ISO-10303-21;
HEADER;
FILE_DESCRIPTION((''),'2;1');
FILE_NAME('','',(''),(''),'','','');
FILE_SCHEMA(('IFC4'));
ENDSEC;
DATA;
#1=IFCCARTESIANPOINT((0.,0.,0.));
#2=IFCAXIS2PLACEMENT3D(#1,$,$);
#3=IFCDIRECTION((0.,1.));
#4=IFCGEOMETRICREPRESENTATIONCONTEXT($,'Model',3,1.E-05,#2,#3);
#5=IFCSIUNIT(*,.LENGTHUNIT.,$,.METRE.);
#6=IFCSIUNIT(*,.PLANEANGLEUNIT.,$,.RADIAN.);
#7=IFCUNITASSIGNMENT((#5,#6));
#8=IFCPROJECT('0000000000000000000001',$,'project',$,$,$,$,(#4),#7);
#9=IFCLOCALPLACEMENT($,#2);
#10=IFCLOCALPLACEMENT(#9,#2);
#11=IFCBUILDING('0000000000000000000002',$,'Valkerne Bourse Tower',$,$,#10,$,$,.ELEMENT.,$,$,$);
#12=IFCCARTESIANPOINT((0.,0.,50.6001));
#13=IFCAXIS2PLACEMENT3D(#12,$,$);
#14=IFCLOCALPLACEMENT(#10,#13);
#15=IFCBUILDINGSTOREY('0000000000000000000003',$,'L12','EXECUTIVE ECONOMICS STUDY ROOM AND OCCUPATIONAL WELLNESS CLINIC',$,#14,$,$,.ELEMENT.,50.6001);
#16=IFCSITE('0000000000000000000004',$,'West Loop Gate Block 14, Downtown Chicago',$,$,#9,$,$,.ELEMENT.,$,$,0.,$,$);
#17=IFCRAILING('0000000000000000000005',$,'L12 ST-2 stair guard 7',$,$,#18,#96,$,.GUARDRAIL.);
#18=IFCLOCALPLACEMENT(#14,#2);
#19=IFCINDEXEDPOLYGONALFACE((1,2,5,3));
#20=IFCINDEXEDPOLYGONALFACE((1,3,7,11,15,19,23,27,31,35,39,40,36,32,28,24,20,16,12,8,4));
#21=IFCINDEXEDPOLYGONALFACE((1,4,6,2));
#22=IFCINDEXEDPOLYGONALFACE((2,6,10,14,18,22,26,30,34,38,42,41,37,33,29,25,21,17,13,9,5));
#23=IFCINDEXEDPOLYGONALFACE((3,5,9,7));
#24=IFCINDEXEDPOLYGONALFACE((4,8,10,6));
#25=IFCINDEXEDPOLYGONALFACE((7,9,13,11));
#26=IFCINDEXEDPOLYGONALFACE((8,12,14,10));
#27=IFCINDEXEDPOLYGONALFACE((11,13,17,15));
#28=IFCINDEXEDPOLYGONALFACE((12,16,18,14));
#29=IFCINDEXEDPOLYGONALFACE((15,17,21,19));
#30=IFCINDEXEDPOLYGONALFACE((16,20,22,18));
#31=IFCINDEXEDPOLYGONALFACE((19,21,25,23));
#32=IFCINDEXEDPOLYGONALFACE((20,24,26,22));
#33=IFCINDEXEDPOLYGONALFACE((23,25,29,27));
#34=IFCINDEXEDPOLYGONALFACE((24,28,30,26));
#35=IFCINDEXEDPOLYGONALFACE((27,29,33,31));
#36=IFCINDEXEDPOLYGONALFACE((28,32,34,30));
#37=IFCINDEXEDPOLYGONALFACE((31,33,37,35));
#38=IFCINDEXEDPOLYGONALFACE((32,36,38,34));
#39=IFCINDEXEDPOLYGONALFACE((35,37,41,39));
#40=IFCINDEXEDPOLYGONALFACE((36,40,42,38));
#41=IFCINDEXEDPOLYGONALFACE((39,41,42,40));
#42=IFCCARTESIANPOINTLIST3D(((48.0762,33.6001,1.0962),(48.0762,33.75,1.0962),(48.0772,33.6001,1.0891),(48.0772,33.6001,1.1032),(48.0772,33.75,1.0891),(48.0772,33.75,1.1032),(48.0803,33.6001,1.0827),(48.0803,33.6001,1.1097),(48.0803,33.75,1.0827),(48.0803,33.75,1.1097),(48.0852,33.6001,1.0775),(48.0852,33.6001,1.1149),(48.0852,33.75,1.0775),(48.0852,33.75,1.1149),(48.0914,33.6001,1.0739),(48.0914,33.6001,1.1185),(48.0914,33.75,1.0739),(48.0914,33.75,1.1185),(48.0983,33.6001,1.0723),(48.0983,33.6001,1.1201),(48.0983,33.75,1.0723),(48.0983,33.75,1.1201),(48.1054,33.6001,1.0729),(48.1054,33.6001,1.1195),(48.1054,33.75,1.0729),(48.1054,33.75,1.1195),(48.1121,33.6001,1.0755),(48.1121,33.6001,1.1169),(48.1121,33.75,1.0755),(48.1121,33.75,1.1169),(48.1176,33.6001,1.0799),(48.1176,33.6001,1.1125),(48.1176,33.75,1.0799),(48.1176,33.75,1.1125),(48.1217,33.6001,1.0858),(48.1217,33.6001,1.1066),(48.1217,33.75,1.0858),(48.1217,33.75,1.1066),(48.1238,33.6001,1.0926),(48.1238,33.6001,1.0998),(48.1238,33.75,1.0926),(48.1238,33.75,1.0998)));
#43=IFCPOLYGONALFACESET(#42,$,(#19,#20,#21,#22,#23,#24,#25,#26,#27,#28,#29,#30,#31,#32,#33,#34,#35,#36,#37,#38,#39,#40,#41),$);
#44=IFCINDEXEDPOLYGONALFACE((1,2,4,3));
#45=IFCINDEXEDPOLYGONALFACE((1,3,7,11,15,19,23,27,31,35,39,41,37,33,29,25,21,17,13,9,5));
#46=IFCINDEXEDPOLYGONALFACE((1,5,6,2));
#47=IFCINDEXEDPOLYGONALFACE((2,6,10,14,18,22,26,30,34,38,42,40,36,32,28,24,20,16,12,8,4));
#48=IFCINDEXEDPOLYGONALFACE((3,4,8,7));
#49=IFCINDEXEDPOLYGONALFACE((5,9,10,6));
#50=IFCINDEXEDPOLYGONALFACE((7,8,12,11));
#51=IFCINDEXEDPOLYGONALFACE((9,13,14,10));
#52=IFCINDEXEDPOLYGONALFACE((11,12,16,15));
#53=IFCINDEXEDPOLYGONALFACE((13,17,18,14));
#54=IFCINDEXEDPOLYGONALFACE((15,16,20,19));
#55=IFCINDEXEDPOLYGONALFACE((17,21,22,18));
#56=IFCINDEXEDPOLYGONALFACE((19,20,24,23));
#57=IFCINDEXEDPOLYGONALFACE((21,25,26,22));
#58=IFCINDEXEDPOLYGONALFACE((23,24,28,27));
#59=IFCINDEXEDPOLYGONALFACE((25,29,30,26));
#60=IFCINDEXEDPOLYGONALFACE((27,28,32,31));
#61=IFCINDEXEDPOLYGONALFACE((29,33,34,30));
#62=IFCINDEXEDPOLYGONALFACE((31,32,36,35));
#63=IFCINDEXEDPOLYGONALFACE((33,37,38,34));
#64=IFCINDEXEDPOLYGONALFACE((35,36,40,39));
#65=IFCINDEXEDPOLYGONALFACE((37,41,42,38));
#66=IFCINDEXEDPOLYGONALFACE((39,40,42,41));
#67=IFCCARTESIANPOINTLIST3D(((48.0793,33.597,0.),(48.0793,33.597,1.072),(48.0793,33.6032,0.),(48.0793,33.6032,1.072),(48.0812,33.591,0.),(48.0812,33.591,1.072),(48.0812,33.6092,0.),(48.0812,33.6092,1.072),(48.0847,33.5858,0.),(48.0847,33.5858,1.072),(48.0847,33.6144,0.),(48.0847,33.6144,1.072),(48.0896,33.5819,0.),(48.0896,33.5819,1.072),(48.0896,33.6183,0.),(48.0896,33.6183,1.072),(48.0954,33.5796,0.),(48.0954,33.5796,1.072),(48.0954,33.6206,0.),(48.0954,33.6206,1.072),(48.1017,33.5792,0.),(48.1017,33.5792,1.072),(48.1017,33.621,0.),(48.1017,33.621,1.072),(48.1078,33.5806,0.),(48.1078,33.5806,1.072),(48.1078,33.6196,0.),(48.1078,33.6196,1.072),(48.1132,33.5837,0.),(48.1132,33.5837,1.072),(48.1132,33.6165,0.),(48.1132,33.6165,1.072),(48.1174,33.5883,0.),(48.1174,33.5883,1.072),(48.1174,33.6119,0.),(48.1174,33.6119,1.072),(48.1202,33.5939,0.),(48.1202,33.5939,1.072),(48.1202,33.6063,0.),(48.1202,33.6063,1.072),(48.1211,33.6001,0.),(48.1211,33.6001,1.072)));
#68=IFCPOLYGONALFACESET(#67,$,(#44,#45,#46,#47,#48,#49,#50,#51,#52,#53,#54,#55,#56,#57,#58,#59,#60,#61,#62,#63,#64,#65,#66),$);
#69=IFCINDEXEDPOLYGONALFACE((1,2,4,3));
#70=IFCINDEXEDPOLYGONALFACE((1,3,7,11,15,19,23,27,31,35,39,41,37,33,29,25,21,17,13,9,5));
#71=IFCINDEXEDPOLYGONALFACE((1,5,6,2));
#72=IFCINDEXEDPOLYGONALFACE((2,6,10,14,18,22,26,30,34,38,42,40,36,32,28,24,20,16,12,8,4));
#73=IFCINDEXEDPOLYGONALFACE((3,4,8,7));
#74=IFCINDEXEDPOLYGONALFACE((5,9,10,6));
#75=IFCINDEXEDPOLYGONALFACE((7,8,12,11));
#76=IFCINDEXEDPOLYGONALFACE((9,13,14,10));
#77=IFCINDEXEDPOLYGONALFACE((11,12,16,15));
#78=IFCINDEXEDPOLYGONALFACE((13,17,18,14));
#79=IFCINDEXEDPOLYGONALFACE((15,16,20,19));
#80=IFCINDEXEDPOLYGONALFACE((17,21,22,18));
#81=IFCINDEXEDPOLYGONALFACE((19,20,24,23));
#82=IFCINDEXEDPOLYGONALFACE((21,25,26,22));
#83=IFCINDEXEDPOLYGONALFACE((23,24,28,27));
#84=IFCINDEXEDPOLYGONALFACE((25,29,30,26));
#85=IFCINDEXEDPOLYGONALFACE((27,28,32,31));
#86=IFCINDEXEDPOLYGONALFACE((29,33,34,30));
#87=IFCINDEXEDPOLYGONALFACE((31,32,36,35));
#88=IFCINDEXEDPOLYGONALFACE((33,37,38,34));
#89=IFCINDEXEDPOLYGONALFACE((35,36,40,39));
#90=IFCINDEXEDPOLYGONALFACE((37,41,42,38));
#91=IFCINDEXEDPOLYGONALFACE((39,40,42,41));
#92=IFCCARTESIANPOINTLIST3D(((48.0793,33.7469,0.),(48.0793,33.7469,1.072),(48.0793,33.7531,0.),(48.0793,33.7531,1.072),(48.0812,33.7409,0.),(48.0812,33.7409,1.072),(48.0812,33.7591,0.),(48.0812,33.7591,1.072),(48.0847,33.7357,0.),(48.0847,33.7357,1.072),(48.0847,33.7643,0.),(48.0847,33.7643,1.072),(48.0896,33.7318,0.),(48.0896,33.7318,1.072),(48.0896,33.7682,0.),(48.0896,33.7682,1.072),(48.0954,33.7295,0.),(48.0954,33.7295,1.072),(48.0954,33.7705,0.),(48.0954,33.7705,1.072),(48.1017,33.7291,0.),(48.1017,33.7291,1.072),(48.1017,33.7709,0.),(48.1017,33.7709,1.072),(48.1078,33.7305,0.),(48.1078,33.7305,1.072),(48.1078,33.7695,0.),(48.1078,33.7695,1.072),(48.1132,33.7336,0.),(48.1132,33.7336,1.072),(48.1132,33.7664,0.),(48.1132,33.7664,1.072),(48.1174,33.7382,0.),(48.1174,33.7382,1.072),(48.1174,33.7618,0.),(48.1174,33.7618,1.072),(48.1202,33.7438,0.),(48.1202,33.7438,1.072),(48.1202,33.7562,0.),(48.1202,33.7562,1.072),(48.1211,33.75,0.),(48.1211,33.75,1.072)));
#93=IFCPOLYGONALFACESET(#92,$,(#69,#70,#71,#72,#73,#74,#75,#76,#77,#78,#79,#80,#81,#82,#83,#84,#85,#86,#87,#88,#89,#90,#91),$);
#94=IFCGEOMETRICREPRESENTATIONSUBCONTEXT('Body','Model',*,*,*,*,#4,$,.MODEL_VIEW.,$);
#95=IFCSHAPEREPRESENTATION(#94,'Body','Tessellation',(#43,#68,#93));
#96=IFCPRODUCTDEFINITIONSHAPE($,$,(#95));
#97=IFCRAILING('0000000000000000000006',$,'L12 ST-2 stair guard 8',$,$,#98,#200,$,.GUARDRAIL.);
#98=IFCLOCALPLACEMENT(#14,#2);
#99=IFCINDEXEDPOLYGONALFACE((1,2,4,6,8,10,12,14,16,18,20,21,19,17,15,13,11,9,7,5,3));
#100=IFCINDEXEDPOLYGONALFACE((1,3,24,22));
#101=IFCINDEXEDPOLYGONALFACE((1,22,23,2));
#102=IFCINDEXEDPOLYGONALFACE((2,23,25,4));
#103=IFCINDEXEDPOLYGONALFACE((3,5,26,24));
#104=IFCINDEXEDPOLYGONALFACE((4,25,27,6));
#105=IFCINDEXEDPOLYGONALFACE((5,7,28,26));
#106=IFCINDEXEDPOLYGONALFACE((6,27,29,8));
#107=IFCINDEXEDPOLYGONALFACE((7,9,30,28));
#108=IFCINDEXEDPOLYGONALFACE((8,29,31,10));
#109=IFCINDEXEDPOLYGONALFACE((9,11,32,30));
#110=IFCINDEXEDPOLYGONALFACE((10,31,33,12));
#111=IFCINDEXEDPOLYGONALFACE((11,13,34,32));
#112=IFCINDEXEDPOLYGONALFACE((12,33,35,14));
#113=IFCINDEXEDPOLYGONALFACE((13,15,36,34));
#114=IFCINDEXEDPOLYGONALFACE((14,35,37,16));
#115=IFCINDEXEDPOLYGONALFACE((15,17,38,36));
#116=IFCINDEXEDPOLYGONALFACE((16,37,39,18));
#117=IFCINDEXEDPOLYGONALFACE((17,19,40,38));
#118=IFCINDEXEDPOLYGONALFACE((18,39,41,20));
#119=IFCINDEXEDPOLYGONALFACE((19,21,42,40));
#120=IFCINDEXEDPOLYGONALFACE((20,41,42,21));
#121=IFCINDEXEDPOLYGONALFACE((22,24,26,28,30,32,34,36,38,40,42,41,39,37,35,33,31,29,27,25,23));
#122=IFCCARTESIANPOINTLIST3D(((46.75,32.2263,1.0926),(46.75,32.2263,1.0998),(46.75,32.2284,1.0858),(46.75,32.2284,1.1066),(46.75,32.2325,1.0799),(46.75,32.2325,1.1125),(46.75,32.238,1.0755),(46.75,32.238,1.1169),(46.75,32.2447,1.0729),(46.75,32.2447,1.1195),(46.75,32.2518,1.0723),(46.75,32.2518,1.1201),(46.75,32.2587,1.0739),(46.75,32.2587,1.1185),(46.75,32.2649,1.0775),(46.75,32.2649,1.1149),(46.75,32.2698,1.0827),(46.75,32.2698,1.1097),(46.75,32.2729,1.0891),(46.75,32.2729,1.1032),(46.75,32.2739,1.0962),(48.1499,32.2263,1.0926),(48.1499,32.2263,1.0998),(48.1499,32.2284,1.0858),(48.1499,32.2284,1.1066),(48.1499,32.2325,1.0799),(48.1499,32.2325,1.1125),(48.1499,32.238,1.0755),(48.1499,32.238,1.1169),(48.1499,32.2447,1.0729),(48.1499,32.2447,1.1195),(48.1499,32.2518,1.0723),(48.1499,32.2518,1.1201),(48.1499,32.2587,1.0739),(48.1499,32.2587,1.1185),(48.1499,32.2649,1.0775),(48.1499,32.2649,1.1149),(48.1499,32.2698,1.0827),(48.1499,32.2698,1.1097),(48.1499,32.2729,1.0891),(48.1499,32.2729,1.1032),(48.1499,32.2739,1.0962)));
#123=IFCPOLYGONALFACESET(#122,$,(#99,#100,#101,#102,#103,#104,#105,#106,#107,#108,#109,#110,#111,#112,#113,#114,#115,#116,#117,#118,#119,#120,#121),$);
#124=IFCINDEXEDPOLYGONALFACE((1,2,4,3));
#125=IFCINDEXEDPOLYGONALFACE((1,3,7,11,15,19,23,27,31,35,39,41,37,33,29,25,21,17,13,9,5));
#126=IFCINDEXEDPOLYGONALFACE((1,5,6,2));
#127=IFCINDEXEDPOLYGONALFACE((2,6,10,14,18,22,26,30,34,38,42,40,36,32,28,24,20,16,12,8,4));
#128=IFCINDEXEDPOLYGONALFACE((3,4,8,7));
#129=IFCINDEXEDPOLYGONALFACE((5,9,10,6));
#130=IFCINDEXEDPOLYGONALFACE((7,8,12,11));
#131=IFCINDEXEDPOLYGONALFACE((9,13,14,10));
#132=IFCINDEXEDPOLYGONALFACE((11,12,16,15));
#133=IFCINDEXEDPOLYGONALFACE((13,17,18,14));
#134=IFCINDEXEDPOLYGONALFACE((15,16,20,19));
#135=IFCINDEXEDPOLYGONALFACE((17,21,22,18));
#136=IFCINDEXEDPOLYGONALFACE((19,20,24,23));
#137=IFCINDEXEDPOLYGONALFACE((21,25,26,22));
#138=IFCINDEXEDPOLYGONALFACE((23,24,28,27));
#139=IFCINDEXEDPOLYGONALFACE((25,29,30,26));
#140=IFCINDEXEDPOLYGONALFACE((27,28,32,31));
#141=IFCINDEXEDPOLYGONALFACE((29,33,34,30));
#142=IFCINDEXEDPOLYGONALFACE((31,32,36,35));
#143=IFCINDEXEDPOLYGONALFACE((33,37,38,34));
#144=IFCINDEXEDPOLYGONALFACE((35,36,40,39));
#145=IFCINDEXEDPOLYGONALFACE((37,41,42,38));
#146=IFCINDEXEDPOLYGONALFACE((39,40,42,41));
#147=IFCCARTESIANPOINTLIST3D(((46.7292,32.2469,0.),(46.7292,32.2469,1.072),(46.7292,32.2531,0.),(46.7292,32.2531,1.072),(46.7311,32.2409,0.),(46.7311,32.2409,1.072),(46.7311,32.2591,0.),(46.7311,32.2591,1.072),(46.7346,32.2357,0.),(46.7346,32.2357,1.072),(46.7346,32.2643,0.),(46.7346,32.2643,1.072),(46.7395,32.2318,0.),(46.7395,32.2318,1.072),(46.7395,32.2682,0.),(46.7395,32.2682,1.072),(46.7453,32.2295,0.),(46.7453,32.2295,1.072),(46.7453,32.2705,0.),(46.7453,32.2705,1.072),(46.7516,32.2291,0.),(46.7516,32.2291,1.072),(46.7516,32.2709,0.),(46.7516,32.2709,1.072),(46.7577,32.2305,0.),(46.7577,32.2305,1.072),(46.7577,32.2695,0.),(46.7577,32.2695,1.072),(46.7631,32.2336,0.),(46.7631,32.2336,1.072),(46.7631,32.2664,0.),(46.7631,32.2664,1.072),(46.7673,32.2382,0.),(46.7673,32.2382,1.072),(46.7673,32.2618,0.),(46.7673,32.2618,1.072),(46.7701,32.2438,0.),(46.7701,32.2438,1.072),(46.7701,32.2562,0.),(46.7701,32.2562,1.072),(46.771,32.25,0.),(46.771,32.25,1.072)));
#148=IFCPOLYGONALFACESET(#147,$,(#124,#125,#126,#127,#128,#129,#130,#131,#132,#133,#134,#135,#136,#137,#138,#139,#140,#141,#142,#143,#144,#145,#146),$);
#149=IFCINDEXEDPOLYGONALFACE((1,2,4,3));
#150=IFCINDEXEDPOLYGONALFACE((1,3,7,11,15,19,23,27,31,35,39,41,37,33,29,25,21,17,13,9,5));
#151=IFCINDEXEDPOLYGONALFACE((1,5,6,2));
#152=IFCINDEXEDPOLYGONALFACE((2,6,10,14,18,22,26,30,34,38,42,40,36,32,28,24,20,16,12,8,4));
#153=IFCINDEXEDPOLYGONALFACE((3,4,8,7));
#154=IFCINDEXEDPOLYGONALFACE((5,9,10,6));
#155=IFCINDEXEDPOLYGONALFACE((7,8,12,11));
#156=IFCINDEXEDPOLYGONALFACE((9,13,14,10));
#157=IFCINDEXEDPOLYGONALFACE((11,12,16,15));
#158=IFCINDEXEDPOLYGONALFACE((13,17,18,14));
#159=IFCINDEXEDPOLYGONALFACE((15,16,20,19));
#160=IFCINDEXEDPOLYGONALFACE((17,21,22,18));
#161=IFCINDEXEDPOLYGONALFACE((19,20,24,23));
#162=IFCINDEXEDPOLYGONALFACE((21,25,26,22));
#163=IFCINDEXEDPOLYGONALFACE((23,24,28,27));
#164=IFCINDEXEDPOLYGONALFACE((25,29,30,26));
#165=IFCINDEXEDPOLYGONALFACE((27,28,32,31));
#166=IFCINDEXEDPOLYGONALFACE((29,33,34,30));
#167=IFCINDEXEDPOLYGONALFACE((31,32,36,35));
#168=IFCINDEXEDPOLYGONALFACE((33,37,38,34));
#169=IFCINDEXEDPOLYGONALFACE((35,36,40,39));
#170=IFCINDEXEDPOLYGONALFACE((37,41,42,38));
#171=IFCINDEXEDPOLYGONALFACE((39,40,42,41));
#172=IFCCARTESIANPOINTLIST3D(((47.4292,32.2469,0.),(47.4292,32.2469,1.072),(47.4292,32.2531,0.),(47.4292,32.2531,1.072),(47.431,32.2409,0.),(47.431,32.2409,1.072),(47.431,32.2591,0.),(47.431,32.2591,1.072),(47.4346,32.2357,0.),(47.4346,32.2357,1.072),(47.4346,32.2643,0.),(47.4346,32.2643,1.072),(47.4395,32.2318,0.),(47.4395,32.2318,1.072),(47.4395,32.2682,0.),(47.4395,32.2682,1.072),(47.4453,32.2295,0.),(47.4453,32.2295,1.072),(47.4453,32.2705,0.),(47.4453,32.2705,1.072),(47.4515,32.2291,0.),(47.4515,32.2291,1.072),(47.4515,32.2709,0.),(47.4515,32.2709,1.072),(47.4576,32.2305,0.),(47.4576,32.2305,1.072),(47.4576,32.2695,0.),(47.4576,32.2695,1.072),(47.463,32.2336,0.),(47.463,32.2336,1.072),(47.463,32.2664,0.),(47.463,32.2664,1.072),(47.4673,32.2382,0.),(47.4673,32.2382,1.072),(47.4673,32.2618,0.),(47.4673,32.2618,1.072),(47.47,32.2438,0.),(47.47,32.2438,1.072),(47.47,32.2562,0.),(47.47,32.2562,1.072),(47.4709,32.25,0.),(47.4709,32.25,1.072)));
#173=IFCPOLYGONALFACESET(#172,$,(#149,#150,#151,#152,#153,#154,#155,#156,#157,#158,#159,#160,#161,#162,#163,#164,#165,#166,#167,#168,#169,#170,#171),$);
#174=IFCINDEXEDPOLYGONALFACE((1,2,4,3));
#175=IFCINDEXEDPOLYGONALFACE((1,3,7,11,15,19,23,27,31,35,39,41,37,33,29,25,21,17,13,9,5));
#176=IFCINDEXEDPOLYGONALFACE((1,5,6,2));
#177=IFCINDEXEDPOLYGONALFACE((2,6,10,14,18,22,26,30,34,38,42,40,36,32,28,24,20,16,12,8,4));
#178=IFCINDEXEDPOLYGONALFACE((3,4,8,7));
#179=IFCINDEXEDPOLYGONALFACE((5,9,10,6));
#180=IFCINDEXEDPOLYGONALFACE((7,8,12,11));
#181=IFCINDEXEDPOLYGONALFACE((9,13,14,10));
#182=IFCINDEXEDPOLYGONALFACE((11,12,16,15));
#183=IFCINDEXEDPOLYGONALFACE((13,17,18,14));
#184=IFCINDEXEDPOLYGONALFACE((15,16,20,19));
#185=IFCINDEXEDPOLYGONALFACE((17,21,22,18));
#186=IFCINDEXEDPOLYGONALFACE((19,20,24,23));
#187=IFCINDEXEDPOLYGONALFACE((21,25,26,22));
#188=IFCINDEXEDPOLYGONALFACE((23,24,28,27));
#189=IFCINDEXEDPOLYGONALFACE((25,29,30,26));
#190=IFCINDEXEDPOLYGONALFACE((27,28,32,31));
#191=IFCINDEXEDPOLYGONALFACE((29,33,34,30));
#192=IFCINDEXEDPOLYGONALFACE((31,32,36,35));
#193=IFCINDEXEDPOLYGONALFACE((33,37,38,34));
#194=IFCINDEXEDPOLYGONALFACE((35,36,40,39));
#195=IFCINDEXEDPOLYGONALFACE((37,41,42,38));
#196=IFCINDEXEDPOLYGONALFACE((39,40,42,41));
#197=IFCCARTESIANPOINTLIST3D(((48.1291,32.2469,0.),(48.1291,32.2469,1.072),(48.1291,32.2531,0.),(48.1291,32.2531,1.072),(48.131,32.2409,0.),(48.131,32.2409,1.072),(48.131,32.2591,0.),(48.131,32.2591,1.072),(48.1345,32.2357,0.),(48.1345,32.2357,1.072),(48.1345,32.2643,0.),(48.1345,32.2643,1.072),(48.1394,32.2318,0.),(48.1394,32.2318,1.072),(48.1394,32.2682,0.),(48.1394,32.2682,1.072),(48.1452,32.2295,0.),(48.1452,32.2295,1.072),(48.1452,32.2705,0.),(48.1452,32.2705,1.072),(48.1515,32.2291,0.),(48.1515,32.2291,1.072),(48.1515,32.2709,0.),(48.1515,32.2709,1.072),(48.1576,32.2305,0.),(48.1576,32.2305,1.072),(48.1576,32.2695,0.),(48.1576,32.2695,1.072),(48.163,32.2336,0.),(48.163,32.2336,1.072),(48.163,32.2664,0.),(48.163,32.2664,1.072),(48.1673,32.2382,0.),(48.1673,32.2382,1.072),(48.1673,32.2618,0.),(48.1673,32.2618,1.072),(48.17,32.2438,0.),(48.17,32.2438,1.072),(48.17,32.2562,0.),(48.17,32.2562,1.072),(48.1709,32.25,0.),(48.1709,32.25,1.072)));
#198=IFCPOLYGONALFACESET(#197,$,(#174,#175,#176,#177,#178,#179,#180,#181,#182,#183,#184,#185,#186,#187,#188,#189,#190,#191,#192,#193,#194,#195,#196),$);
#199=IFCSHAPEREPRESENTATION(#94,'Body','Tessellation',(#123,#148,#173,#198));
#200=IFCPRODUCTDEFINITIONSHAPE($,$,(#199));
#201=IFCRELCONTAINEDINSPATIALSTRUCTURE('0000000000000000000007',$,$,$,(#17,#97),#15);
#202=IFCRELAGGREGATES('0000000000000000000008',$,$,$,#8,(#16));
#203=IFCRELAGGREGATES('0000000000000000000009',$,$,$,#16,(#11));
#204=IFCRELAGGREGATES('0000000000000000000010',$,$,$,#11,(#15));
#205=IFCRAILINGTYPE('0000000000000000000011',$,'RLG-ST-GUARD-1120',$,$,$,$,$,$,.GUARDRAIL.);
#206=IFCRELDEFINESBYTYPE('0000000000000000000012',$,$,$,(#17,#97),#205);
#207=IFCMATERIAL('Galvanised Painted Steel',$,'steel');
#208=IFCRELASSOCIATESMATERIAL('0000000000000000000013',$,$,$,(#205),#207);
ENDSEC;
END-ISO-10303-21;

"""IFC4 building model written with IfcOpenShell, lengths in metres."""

from ifc_helpers import new_model, si_unit, direction, frame, origin, origin_2d, place, context, subcontext, project, spatial, circle, extrude, material, type_object, element, save


model = new_model("IFC4")

# Units and contexts
model_context = context("Model", 3, precision=1e-05, world=origin(), true_north=direction((0.0, 1.0)))
body_context = subcontext(model_context, "Body", "Model", "MODEL_VIEW")
ifc_project = project(units=[si_unit("LENGTHUNIT", "METRE"), si_unit("PLANEANGLEUNIT", "RADIAN")], contexts=[model_context])

# Site, building, storey
site_placement = place(None, origin())
site = spatial("IfcSite", under=ifc_project, at=site_placement, Name="West Loop Gate Block 14, Downtown Chicago", CompositionType="ELEMENT", RefElevation=0.0)
building_placement = place(site_placement, origin())
building = spatial("IfcBuilding", under=site, at=building_placement, Name="Valkerne Bourse Tower", CompositionType="ELEMENT")
storey_placement = place(building_placement, frame((0.0, 0.0, 50.6001)))
storey = spatial("IfcBuildingStorey", under=building, at=storey_placement, Name="L12", Description="EXECUTIVE ECONOMICS STUDY ROOM AND OCCUPATIONAL WELLNESS CLINIC", CompositionType="ELEMENT", Elevation=50.6001)

# Shared definitions
ifc_material_1 = material(Name="Galvanised Painted Steel", Category="steel")

# Railings
railing_type_1 = type_object("IfcRailingType", Name="RLG-ST-GUARD-1120", PredefinedType="GUARDRAIL", material=ifc_material_1)
railing_1_placement = place(storey_placement, frame((48.1001, 33.6001, 0.0)))
element("IfcRailing", 1, at=railing_1_placement, inside=storey, type_object=railing_type_1, Name="L12 ST-2 stair guard 7", PredefinedType="GUARDRAIL", context=body_context, shape_type="SweptSolid", body=[
    extrude(circle(Radius=0.0239, at=origin_2d()), frame((0.0, 0.0, 1.0962), z_axis=(0.0, 1.0, 0.0), x_axis=(-1.0, 0.0, 0.0)), (0.0, 0.0, 1.0), 0.1499),
    extrude(circle(Radius=0.021, at=origin_2d()), origin(), (0.0, 0.0, 1.0), 1.072),
    extrude(circle(Radius=0.021, at=origin_2d()), frame((0.0, 0.1499, 0.0)), (0.0, 0.0, 1.0), 1.072),
])
for number, where, name in (
    (2, (46.75, 32.25, 0.0), "L12 ST-2 stair guard 8"),
):
    element("IfcRailing", number, at=place(storey_placement, frame(where)), inside=storey, type_object=railing_type_1, Name=name, PredefinedType="GUARDRAIL", context=body_context, shape_type="SweptSolid", body=[
        extrude(circle(Radius=0.0239, at=origin_2d()), frame((0.0, 0.0, 1.0962), z_axis=(1.0, 0.0, 0.0), x_axis=(0.0, 1.0, 0.0)), (0.0, 0.0, 1.0), 1.3999),
        extrude(circle(Radius=0.021, at=origin_2d()), origin(), (0.0, 0.0, 1.0), 1.072),
        extrude(circle(Radius=0.021, at=origin_2d()), frame((0.7, 0.0, 0.0)), (0.0, 0.0, 1.0), 1.072),
        extrude(circle(Radius=0.021, at=origin_2d()), frame((1.3999, 0.0, 0.0)), (0.0, 0.0, 1.0), 1.072),
    ])

save(model, "model.ifc")
